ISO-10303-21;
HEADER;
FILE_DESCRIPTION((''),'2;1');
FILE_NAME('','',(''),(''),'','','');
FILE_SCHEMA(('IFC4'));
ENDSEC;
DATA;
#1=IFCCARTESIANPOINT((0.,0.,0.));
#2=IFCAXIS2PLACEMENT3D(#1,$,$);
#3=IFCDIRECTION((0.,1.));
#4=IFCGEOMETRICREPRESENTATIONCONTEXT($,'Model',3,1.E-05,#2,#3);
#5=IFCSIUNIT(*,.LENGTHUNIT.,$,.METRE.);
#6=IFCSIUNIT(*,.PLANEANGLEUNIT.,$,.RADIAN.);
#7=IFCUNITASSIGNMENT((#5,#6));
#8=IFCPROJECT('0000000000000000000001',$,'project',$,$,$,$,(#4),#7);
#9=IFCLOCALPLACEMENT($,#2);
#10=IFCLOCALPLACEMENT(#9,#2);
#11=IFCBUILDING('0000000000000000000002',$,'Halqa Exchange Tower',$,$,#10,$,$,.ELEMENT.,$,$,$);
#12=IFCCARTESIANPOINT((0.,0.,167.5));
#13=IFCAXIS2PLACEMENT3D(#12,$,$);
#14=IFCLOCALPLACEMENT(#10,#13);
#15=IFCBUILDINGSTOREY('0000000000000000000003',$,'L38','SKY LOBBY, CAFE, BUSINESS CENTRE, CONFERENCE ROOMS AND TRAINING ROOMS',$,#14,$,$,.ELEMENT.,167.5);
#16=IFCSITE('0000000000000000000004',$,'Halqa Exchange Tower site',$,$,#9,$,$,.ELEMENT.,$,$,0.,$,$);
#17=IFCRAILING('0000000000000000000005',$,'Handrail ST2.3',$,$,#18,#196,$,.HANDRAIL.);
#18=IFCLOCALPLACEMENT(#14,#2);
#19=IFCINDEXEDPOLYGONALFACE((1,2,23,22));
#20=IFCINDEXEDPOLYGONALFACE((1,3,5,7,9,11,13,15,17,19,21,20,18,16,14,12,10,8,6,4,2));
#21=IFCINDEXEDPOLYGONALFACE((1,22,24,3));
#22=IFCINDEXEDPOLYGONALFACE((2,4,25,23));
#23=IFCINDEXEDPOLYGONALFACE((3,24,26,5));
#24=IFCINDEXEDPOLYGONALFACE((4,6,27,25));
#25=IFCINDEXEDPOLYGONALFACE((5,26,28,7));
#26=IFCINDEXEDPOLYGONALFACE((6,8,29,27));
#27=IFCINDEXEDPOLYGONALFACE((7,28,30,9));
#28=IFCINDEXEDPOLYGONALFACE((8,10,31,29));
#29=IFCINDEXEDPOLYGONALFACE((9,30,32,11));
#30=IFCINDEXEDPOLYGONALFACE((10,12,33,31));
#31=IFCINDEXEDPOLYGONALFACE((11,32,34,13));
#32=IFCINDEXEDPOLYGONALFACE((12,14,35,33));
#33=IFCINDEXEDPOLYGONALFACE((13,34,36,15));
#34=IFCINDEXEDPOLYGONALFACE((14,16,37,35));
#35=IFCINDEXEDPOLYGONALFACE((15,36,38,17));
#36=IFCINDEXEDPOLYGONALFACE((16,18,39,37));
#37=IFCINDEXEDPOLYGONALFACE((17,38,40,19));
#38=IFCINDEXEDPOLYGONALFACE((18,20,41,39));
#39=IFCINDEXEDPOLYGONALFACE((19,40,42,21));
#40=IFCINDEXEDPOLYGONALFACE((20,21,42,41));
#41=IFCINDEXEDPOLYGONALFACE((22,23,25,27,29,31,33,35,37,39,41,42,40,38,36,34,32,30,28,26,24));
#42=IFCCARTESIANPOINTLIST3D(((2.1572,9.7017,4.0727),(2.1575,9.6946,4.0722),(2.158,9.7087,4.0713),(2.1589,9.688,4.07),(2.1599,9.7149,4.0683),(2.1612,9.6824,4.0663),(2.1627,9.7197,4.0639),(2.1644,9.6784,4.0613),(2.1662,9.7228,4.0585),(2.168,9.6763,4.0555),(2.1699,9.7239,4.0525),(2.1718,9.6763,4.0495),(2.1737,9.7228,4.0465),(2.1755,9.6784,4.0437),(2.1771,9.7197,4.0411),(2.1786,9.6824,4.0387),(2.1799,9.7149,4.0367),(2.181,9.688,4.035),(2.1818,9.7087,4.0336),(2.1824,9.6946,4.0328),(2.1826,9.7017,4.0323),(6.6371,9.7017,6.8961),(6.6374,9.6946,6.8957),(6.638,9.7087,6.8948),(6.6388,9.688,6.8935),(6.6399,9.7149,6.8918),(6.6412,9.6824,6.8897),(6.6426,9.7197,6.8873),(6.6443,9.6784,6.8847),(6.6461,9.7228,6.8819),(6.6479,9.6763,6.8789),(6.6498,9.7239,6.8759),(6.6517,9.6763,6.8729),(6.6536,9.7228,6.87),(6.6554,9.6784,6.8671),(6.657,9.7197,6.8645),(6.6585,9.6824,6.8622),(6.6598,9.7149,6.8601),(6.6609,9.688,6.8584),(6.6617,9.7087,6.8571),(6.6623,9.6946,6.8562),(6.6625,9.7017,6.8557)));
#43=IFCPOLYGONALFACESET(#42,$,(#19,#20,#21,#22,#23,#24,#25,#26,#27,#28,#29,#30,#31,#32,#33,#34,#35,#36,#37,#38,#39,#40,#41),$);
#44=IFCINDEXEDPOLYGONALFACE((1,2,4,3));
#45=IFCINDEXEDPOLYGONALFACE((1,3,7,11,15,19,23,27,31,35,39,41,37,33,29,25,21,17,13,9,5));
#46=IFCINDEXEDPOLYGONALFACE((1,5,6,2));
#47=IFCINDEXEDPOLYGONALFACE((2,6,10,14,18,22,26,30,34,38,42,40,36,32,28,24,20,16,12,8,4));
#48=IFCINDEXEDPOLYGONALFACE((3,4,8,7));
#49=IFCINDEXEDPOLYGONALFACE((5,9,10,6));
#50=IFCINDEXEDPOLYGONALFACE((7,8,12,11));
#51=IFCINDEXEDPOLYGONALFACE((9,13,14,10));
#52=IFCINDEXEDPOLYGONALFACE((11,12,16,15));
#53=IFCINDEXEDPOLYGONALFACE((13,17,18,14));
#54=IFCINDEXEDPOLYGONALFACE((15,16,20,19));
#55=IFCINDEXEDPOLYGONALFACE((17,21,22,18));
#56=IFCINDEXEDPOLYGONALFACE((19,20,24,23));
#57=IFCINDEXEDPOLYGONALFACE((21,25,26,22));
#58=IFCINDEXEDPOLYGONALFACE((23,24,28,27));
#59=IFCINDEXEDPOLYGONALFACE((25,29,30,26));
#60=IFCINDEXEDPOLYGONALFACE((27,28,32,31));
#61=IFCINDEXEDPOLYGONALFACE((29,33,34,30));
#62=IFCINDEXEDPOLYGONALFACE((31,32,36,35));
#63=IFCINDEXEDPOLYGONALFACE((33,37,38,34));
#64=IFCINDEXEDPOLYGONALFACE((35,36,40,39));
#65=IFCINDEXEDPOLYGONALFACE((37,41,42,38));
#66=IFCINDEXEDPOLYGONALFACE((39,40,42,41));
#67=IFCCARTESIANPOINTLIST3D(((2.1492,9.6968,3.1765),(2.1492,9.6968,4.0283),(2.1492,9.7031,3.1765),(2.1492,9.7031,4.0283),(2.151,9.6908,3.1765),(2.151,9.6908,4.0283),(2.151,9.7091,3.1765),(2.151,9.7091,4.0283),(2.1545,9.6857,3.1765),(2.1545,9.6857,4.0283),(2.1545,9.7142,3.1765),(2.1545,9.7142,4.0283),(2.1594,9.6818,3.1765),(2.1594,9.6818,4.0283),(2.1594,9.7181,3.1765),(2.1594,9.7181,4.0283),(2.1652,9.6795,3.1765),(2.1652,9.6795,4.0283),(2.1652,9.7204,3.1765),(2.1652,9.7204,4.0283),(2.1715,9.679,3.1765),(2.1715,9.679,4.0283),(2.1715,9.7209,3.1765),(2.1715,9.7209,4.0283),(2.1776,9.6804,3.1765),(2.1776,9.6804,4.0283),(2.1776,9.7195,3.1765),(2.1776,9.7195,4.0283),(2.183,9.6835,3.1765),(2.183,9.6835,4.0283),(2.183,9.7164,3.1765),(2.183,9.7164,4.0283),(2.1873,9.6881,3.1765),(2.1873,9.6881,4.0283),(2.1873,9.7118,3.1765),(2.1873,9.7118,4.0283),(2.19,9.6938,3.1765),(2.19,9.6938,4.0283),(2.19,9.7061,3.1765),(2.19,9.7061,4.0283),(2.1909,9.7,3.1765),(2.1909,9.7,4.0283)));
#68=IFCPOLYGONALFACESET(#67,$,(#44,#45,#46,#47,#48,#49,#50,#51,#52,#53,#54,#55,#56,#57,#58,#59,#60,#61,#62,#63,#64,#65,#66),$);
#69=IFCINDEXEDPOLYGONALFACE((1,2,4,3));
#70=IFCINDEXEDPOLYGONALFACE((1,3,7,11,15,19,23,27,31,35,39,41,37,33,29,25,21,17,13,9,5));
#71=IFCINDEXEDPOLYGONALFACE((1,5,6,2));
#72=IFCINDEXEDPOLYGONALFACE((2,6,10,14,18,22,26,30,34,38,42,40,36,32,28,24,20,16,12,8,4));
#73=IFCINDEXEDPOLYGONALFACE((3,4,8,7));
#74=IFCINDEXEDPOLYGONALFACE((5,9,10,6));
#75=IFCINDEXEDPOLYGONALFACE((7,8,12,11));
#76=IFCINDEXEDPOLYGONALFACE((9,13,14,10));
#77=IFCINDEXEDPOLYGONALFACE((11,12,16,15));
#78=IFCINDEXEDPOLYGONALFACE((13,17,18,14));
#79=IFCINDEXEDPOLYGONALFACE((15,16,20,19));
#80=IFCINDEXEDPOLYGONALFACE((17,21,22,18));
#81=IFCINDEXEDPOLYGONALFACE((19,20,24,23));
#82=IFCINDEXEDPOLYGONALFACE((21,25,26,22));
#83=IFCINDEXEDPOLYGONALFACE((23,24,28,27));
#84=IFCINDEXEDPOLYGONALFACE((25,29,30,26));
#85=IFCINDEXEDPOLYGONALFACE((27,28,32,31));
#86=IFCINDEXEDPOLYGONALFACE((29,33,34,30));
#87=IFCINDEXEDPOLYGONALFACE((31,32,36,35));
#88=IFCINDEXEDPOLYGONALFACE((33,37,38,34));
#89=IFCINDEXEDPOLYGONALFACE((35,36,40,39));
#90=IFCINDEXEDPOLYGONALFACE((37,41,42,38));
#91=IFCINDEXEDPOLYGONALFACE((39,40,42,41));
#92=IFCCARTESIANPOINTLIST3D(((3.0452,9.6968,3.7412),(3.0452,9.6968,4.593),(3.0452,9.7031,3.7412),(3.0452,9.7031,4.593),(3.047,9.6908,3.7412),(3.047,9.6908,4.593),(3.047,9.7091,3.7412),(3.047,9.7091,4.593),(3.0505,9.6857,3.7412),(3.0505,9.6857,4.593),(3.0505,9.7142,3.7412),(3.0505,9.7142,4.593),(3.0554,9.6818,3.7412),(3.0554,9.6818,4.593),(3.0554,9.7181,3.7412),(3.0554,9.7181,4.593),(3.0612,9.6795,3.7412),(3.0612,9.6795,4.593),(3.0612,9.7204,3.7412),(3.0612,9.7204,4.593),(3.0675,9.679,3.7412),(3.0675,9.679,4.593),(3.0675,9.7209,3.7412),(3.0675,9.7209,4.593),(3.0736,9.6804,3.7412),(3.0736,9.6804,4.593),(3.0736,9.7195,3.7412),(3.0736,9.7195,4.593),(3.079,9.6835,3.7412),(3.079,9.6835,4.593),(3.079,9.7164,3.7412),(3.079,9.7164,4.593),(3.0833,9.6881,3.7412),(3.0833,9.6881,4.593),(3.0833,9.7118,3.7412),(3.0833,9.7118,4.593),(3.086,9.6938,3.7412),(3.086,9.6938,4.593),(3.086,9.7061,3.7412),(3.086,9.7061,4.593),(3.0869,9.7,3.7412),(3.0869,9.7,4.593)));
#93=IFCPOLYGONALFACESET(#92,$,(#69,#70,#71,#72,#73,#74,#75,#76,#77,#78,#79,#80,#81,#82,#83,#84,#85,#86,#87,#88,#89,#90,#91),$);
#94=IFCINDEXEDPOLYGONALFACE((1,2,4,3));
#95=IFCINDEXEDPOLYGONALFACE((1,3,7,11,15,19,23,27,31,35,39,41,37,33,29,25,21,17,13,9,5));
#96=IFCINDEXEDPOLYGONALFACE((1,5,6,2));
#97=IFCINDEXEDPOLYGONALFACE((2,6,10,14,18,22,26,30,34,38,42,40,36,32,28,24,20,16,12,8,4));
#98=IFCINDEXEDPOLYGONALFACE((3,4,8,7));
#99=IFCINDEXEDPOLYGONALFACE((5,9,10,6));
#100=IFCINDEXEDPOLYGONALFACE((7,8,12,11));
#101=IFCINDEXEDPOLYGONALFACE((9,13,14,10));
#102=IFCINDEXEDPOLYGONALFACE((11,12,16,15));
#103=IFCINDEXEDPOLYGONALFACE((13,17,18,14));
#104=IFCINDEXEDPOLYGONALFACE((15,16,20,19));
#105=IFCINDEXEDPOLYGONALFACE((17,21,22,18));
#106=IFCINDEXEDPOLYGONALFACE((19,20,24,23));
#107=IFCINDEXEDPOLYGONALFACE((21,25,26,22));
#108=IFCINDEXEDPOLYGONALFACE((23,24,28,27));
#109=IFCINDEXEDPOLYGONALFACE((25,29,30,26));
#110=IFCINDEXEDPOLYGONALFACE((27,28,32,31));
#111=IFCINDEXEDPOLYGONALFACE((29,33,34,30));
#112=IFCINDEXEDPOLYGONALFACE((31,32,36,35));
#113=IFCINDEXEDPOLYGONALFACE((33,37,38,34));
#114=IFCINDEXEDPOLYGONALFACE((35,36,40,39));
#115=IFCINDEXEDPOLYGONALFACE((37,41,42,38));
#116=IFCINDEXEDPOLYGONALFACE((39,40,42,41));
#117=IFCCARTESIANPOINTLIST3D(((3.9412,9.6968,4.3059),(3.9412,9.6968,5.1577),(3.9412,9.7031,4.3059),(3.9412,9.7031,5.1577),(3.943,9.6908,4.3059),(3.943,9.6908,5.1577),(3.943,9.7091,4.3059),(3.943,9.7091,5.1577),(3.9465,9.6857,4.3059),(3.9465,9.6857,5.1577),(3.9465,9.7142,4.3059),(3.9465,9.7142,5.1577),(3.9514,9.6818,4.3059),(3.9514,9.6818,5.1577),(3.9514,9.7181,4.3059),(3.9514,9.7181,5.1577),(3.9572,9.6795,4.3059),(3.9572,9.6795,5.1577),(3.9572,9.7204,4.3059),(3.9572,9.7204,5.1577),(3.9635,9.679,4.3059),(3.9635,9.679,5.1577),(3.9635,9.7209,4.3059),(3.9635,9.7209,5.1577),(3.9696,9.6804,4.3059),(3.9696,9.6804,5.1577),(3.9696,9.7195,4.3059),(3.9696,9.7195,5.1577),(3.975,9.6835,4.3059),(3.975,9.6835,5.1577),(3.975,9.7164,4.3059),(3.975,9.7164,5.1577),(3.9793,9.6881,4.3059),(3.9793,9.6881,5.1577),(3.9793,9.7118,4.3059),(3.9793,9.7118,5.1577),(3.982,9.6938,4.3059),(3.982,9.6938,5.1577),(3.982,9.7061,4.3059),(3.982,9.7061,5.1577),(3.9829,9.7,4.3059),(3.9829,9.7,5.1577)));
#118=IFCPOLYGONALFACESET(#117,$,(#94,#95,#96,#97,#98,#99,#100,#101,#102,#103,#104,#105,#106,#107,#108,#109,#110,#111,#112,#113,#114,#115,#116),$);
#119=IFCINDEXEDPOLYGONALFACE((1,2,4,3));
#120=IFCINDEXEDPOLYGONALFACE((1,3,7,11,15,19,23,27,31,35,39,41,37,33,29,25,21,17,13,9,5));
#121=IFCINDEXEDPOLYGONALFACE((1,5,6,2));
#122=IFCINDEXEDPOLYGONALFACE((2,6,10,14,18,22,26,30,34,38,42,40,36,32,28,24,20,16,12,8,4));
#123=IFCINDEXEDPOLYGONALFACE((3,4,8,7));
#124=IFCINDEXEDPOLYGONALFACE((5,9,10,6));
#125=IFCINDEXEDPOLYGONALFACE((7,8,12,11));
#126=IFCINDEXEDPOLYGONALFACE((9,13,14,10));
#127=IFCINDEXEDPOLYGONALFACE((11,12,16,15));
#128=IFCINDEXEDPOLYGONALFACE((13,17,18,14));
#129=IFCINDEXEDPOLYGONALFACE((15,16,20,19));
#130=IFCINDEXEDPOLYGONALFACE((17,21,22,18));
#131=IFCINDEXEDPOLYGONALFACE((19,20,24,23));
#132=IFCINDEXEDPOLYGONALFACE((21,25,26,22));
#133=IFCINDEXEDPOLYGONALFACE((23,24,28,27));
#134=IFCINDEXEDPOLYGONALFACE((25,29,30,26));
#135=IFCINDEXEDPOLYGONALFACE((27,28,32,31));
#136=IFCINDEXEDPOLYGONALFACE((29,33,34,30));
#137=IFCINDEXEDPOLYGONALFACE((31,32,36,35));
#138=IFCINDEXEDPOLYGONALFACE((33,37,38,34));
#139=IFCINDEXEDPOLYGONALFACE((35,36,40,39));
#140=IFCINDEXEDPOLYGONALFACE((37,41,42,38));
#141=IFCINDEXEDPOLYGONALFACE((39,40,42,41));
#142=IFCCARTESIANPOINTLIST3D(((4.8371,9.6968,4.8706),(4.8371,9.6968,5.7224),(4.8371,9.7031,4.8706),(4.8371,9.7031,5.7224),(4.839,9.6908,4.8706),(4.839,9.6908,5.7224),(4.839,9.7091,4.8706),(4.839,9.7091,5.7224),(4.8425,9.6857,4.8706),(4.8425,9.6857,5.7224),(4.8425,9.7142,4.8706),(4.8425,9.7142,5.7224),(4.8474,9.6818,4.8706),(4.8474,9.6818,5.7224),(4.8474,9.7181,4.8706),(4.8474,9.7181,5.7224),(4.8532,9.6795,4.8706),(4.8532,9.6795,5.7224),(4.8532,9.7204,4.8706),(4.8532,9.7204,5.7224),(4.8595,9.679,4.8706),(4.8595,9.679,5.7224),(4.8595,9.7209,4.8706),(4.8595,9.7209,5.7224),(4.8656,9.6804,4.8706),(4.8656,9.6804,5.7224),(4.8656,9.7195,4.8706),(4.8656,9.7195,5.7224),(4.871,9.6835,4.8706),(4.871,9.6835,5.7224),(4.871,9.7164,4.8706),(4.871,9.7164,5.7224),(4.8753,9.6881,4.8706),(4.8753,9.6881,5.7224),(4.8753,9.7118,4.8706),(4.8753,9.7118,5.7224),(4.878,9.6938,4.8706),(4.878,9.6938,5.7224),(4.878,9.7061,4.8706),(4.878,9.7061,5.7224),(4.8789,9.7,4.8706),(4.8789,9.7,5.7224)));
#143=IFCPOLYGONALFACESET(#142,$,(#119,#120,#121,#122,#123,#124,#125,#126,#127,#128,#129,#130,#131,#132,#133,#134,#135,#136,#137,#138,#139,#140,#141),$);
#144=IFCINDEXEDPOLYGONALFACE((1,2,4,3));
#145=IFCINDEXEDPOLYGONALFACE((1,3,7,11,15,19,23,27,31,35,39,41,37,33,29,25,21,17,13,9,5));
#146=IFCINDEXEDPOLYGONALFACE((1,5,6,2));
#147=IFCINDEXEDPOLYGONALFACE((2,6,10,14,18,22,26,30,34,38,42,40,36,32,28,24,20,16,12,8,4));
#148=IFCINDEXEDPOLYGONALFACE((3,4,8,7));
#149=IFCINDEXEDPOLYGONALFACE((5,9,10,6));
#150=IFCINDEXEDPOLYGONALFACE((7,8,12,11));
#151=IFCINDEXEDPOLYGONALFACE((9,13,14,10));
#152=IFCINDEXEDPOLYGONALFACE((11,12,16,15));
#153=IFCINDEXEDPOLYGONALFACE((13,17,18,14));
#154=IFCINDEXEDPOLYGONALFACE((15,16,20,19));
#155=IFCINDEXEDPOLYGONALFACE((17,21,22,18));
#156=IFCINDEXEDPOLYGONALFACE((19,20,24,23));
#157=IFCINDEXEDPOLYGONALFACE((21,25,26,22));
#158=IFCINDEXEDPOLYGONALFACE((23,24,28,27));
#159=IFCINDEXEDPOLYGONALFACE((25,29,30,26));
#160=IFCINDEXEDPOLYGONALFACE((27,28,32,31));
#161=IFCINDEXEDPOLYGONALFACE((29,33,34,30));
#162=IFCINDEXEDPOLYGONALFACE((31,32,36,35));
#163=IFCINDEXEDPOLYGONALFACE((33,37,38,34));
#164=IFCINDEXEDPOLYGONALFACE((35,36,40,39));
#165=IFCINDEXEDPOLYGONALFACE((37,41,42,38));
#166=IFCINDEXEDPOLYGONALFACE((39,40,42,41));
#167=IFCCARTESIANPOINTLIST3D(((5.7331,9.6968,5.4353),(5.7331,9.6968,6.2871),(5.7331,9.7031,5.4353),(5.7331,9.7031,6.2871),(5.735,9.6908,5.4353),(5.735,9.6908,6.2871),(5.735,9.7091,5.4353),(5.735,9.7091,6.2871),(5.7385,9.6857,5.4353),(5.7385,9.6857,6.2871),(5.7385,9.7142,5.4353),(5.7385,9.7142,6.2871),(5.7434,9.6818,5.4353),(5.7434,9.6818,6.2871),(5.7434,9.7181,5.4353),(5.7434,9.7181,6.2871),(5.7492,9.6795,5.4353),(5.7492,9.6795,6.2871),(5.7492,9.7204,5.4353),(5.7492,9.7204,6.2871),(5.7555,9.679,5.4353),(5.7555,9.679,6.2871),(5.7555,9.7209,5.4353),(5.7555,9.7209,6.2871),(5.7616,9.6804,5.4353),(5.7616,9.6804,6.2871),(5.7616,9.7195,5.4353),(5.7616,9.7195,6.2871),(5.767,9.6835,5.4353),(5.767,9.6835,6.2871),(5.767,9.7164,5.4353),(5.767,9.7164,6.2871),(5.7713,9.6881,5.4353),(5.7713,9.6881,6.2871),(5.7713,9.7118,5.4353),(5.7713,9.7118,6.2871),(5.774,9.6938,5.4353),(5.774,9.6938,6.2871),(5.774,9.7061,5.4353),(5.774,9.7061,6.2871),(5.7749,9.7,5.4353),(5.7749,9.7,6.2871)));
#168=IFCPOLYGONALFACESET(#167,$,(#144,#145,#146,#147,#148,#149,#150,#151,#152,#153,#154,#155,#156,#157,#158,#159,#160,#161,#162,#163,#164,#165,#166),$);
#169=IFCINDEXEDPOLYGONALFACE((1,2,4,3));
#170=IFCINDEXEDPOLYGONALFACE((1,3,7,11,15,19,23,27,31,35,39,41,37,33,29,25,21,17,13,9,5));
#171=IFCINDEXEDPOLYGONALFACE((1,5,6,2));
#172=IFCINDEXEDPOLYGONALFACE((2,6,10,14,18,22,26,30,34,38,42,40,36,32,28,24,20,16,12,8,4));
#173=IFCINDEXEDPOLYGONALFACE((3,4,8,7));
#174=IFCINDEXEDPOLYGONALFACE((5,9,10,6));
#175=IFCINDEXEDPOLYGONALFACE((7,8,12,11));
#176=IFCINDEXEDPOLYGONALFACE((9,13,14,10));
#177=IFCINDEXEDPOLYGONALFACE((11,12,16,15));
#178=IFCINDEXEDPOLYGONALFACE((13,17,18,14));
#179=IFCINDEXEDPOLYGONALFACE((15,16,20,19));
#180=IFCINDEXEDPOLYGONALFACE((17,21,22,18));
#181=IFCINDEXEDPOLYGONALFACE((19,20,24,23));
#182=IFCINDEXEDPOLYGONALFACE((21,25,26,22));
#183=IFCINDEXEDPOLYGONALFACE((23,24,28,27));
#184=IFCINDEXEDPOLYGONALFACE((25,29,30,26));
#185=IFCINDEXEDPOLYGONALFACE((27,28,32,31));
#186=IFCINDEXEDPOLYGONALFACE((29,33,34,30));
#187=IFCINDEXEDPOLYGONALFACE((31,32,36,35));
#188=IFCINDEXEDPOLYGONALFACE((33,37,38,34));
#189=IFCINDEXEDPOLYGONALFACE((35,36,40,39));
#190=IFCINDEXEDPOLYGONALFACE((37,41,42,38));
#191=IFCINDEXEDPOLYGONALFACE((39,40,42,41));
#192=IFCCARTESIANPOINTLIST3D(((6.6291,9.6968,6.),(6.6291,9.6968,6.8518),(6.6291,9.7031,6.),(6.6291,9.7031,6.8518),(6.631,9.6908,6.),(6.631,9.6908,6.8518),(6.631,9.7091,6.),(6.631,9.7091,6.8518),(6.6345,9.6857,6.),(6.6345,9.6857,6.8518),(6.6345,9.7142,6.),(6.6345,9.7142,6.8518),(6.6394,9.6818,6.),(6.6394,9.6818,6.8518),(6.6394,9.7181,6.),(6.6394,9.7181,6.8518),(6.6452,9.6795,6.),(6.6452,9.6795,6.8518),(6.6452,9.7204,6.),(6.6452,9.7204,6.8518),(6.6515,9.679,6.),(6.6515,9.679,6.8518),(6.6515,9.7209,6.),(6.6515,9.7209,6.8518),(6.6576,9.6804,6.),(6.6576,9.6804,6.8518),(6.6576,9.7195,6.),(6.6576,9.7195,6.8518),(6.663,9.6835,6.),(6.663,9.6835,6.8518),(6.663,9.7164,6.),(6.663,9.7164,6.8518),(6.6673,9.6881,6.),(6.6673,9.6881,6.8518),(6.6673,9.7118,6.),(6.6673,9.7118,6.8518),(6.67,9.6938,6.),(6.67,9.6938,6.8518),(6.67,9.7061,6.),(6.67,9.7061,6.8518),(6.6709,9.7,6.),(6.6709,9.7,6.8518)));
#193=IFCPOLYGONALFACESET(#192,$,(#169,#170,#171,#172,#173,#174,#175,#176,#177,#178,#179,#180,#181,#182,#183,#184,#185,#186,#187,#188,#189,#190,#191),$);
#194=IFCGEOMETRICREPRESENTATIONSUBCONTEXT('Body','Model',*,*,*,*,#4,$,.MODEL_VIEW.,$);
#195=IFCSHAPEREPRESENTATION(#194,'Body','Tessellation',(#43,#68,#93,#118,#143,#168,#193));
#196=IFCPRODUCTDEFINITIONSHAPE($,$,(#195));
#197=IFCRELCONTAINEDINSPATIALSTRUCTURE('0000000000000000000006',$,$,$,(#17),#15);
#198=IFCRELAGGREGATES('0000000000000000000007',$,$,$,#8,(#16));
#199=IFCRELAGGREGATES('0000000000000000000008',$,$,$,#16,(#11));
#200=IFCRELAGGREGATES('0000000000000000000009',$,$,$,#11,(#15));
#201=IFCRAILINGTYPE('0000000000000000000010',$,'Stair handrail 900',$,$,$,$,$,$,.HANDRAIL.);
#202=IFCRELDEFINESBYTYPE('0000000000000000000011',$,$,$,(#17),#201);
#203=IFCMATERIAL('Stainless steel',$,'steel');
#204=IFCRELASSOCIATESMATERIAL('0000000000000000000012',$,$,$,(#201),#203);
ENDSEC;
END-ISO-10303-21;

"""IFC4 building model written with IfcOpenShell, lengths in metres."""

from ifc_helpers import new_model, si_unit, direction, frame, origin, origin_2d, place, context, subcontext, project, spatial, circle, extrude, material, type_object, element, save


model = new_model("IFC4")

# Units and contexts
model_context = context("Model", 3, precision=1e-05, world=origin(), true_north=direction((0.0, 1.0)))
body_context = subcontext(model_context, "Body", "Model", "MODEL_VIEW")
ifc_project = project(units=[si_unit("LENGTHUNIT", "METRE"), si_unit("PLANEANGLEUNIT", "RADIAN")], contexts=[model_context])

# Site, building, storey
site_placement = place(None, origin())
site = spatial("IfcSite", under=ifc_project, at=site_placement, Name="Halqa Exchange Tower site", CompositionType="ELEMENT", RefElevation=0.0)
building_placement = place(site_placement, origin())
building = spatial("IfcBuilding", under=site, at=building_placement, Name="Halqa Exchange Tower", CompositionType="ELEMENT")
storey_placement = place(building_placement, frame((0.0, 0.0, 167.5)))
storey = spatial("IfcBuildingStorey", under=building, at=storey_placement, Name="L38", Description="SKY LOBBY, CAFE, BUSINESS CENTRE, CONFERENCE ROOMS AND TRAINING ROOMS", CompositionType="ELEMENT", Elevation=167.5)

# Railing
ifc_material_1 = material(Name="Stainless steel", Category="steel")
railing_type_1 = type_object("IfcRailingType", Name="Stair handrail 900", PredefinedType="HANDRAIL", material=ifc_material_1)
railing_1_placement = place(storey_placement, frame((2.1699, 9.7, 3.1765)))
element("IfcRailing", 1, at=railing_1_placement, inside=storey, type_object=railing_type_1, Name="Handrail ST2.3", PredefinedType="HANDRAIL", context=body_context, shape_type="SweptSolid", body=[
    extrude(circle(Radius=0.0239, at=origin_2d()), frame((0.0, 0.0, 0.876), z_axis=(0.845998, 0.0, 0.533186), x_axis=(0.0, 1.0, 0.0)), (0.0, 0.0, 1.0), 5.2954),
    extrude(circle(Radius=0.021, at=origin_2d()), origin(), (0.0, 0.0, 1.0), 0.8518),
    extrude(circle(Radius=0.021, at=origin_2d()), frame((0.896, 0.0, 0.5647)), (0.0, 0.0, 1.0), 0.8518),
    extrude(circle(Radius=0.021, at=origin_2d()), frame((1.792, 0.0, 1.1294)), (0.0, 0.0, 1.0), 0.8518),
    extrude(circle(Radius=0.021, at=origin_2d()), frame((2.688, 0.0, 1.6941)), (0.0, 0.0, 1.0), 0.8518),
    extrude(circle(Radius=0.021, at=origin_2d()), frame((3.584, 0.0, 2.2588)), (0.0, 0.0, 1.0), 0.8518),
    extrude(circle(Radius=0.021, at=origin_2d()), frame((4.48, 0.0, 2.8235)), (0.0, 0.0, 1.0), 0.8518),
])

save(model, "model.ifc")
